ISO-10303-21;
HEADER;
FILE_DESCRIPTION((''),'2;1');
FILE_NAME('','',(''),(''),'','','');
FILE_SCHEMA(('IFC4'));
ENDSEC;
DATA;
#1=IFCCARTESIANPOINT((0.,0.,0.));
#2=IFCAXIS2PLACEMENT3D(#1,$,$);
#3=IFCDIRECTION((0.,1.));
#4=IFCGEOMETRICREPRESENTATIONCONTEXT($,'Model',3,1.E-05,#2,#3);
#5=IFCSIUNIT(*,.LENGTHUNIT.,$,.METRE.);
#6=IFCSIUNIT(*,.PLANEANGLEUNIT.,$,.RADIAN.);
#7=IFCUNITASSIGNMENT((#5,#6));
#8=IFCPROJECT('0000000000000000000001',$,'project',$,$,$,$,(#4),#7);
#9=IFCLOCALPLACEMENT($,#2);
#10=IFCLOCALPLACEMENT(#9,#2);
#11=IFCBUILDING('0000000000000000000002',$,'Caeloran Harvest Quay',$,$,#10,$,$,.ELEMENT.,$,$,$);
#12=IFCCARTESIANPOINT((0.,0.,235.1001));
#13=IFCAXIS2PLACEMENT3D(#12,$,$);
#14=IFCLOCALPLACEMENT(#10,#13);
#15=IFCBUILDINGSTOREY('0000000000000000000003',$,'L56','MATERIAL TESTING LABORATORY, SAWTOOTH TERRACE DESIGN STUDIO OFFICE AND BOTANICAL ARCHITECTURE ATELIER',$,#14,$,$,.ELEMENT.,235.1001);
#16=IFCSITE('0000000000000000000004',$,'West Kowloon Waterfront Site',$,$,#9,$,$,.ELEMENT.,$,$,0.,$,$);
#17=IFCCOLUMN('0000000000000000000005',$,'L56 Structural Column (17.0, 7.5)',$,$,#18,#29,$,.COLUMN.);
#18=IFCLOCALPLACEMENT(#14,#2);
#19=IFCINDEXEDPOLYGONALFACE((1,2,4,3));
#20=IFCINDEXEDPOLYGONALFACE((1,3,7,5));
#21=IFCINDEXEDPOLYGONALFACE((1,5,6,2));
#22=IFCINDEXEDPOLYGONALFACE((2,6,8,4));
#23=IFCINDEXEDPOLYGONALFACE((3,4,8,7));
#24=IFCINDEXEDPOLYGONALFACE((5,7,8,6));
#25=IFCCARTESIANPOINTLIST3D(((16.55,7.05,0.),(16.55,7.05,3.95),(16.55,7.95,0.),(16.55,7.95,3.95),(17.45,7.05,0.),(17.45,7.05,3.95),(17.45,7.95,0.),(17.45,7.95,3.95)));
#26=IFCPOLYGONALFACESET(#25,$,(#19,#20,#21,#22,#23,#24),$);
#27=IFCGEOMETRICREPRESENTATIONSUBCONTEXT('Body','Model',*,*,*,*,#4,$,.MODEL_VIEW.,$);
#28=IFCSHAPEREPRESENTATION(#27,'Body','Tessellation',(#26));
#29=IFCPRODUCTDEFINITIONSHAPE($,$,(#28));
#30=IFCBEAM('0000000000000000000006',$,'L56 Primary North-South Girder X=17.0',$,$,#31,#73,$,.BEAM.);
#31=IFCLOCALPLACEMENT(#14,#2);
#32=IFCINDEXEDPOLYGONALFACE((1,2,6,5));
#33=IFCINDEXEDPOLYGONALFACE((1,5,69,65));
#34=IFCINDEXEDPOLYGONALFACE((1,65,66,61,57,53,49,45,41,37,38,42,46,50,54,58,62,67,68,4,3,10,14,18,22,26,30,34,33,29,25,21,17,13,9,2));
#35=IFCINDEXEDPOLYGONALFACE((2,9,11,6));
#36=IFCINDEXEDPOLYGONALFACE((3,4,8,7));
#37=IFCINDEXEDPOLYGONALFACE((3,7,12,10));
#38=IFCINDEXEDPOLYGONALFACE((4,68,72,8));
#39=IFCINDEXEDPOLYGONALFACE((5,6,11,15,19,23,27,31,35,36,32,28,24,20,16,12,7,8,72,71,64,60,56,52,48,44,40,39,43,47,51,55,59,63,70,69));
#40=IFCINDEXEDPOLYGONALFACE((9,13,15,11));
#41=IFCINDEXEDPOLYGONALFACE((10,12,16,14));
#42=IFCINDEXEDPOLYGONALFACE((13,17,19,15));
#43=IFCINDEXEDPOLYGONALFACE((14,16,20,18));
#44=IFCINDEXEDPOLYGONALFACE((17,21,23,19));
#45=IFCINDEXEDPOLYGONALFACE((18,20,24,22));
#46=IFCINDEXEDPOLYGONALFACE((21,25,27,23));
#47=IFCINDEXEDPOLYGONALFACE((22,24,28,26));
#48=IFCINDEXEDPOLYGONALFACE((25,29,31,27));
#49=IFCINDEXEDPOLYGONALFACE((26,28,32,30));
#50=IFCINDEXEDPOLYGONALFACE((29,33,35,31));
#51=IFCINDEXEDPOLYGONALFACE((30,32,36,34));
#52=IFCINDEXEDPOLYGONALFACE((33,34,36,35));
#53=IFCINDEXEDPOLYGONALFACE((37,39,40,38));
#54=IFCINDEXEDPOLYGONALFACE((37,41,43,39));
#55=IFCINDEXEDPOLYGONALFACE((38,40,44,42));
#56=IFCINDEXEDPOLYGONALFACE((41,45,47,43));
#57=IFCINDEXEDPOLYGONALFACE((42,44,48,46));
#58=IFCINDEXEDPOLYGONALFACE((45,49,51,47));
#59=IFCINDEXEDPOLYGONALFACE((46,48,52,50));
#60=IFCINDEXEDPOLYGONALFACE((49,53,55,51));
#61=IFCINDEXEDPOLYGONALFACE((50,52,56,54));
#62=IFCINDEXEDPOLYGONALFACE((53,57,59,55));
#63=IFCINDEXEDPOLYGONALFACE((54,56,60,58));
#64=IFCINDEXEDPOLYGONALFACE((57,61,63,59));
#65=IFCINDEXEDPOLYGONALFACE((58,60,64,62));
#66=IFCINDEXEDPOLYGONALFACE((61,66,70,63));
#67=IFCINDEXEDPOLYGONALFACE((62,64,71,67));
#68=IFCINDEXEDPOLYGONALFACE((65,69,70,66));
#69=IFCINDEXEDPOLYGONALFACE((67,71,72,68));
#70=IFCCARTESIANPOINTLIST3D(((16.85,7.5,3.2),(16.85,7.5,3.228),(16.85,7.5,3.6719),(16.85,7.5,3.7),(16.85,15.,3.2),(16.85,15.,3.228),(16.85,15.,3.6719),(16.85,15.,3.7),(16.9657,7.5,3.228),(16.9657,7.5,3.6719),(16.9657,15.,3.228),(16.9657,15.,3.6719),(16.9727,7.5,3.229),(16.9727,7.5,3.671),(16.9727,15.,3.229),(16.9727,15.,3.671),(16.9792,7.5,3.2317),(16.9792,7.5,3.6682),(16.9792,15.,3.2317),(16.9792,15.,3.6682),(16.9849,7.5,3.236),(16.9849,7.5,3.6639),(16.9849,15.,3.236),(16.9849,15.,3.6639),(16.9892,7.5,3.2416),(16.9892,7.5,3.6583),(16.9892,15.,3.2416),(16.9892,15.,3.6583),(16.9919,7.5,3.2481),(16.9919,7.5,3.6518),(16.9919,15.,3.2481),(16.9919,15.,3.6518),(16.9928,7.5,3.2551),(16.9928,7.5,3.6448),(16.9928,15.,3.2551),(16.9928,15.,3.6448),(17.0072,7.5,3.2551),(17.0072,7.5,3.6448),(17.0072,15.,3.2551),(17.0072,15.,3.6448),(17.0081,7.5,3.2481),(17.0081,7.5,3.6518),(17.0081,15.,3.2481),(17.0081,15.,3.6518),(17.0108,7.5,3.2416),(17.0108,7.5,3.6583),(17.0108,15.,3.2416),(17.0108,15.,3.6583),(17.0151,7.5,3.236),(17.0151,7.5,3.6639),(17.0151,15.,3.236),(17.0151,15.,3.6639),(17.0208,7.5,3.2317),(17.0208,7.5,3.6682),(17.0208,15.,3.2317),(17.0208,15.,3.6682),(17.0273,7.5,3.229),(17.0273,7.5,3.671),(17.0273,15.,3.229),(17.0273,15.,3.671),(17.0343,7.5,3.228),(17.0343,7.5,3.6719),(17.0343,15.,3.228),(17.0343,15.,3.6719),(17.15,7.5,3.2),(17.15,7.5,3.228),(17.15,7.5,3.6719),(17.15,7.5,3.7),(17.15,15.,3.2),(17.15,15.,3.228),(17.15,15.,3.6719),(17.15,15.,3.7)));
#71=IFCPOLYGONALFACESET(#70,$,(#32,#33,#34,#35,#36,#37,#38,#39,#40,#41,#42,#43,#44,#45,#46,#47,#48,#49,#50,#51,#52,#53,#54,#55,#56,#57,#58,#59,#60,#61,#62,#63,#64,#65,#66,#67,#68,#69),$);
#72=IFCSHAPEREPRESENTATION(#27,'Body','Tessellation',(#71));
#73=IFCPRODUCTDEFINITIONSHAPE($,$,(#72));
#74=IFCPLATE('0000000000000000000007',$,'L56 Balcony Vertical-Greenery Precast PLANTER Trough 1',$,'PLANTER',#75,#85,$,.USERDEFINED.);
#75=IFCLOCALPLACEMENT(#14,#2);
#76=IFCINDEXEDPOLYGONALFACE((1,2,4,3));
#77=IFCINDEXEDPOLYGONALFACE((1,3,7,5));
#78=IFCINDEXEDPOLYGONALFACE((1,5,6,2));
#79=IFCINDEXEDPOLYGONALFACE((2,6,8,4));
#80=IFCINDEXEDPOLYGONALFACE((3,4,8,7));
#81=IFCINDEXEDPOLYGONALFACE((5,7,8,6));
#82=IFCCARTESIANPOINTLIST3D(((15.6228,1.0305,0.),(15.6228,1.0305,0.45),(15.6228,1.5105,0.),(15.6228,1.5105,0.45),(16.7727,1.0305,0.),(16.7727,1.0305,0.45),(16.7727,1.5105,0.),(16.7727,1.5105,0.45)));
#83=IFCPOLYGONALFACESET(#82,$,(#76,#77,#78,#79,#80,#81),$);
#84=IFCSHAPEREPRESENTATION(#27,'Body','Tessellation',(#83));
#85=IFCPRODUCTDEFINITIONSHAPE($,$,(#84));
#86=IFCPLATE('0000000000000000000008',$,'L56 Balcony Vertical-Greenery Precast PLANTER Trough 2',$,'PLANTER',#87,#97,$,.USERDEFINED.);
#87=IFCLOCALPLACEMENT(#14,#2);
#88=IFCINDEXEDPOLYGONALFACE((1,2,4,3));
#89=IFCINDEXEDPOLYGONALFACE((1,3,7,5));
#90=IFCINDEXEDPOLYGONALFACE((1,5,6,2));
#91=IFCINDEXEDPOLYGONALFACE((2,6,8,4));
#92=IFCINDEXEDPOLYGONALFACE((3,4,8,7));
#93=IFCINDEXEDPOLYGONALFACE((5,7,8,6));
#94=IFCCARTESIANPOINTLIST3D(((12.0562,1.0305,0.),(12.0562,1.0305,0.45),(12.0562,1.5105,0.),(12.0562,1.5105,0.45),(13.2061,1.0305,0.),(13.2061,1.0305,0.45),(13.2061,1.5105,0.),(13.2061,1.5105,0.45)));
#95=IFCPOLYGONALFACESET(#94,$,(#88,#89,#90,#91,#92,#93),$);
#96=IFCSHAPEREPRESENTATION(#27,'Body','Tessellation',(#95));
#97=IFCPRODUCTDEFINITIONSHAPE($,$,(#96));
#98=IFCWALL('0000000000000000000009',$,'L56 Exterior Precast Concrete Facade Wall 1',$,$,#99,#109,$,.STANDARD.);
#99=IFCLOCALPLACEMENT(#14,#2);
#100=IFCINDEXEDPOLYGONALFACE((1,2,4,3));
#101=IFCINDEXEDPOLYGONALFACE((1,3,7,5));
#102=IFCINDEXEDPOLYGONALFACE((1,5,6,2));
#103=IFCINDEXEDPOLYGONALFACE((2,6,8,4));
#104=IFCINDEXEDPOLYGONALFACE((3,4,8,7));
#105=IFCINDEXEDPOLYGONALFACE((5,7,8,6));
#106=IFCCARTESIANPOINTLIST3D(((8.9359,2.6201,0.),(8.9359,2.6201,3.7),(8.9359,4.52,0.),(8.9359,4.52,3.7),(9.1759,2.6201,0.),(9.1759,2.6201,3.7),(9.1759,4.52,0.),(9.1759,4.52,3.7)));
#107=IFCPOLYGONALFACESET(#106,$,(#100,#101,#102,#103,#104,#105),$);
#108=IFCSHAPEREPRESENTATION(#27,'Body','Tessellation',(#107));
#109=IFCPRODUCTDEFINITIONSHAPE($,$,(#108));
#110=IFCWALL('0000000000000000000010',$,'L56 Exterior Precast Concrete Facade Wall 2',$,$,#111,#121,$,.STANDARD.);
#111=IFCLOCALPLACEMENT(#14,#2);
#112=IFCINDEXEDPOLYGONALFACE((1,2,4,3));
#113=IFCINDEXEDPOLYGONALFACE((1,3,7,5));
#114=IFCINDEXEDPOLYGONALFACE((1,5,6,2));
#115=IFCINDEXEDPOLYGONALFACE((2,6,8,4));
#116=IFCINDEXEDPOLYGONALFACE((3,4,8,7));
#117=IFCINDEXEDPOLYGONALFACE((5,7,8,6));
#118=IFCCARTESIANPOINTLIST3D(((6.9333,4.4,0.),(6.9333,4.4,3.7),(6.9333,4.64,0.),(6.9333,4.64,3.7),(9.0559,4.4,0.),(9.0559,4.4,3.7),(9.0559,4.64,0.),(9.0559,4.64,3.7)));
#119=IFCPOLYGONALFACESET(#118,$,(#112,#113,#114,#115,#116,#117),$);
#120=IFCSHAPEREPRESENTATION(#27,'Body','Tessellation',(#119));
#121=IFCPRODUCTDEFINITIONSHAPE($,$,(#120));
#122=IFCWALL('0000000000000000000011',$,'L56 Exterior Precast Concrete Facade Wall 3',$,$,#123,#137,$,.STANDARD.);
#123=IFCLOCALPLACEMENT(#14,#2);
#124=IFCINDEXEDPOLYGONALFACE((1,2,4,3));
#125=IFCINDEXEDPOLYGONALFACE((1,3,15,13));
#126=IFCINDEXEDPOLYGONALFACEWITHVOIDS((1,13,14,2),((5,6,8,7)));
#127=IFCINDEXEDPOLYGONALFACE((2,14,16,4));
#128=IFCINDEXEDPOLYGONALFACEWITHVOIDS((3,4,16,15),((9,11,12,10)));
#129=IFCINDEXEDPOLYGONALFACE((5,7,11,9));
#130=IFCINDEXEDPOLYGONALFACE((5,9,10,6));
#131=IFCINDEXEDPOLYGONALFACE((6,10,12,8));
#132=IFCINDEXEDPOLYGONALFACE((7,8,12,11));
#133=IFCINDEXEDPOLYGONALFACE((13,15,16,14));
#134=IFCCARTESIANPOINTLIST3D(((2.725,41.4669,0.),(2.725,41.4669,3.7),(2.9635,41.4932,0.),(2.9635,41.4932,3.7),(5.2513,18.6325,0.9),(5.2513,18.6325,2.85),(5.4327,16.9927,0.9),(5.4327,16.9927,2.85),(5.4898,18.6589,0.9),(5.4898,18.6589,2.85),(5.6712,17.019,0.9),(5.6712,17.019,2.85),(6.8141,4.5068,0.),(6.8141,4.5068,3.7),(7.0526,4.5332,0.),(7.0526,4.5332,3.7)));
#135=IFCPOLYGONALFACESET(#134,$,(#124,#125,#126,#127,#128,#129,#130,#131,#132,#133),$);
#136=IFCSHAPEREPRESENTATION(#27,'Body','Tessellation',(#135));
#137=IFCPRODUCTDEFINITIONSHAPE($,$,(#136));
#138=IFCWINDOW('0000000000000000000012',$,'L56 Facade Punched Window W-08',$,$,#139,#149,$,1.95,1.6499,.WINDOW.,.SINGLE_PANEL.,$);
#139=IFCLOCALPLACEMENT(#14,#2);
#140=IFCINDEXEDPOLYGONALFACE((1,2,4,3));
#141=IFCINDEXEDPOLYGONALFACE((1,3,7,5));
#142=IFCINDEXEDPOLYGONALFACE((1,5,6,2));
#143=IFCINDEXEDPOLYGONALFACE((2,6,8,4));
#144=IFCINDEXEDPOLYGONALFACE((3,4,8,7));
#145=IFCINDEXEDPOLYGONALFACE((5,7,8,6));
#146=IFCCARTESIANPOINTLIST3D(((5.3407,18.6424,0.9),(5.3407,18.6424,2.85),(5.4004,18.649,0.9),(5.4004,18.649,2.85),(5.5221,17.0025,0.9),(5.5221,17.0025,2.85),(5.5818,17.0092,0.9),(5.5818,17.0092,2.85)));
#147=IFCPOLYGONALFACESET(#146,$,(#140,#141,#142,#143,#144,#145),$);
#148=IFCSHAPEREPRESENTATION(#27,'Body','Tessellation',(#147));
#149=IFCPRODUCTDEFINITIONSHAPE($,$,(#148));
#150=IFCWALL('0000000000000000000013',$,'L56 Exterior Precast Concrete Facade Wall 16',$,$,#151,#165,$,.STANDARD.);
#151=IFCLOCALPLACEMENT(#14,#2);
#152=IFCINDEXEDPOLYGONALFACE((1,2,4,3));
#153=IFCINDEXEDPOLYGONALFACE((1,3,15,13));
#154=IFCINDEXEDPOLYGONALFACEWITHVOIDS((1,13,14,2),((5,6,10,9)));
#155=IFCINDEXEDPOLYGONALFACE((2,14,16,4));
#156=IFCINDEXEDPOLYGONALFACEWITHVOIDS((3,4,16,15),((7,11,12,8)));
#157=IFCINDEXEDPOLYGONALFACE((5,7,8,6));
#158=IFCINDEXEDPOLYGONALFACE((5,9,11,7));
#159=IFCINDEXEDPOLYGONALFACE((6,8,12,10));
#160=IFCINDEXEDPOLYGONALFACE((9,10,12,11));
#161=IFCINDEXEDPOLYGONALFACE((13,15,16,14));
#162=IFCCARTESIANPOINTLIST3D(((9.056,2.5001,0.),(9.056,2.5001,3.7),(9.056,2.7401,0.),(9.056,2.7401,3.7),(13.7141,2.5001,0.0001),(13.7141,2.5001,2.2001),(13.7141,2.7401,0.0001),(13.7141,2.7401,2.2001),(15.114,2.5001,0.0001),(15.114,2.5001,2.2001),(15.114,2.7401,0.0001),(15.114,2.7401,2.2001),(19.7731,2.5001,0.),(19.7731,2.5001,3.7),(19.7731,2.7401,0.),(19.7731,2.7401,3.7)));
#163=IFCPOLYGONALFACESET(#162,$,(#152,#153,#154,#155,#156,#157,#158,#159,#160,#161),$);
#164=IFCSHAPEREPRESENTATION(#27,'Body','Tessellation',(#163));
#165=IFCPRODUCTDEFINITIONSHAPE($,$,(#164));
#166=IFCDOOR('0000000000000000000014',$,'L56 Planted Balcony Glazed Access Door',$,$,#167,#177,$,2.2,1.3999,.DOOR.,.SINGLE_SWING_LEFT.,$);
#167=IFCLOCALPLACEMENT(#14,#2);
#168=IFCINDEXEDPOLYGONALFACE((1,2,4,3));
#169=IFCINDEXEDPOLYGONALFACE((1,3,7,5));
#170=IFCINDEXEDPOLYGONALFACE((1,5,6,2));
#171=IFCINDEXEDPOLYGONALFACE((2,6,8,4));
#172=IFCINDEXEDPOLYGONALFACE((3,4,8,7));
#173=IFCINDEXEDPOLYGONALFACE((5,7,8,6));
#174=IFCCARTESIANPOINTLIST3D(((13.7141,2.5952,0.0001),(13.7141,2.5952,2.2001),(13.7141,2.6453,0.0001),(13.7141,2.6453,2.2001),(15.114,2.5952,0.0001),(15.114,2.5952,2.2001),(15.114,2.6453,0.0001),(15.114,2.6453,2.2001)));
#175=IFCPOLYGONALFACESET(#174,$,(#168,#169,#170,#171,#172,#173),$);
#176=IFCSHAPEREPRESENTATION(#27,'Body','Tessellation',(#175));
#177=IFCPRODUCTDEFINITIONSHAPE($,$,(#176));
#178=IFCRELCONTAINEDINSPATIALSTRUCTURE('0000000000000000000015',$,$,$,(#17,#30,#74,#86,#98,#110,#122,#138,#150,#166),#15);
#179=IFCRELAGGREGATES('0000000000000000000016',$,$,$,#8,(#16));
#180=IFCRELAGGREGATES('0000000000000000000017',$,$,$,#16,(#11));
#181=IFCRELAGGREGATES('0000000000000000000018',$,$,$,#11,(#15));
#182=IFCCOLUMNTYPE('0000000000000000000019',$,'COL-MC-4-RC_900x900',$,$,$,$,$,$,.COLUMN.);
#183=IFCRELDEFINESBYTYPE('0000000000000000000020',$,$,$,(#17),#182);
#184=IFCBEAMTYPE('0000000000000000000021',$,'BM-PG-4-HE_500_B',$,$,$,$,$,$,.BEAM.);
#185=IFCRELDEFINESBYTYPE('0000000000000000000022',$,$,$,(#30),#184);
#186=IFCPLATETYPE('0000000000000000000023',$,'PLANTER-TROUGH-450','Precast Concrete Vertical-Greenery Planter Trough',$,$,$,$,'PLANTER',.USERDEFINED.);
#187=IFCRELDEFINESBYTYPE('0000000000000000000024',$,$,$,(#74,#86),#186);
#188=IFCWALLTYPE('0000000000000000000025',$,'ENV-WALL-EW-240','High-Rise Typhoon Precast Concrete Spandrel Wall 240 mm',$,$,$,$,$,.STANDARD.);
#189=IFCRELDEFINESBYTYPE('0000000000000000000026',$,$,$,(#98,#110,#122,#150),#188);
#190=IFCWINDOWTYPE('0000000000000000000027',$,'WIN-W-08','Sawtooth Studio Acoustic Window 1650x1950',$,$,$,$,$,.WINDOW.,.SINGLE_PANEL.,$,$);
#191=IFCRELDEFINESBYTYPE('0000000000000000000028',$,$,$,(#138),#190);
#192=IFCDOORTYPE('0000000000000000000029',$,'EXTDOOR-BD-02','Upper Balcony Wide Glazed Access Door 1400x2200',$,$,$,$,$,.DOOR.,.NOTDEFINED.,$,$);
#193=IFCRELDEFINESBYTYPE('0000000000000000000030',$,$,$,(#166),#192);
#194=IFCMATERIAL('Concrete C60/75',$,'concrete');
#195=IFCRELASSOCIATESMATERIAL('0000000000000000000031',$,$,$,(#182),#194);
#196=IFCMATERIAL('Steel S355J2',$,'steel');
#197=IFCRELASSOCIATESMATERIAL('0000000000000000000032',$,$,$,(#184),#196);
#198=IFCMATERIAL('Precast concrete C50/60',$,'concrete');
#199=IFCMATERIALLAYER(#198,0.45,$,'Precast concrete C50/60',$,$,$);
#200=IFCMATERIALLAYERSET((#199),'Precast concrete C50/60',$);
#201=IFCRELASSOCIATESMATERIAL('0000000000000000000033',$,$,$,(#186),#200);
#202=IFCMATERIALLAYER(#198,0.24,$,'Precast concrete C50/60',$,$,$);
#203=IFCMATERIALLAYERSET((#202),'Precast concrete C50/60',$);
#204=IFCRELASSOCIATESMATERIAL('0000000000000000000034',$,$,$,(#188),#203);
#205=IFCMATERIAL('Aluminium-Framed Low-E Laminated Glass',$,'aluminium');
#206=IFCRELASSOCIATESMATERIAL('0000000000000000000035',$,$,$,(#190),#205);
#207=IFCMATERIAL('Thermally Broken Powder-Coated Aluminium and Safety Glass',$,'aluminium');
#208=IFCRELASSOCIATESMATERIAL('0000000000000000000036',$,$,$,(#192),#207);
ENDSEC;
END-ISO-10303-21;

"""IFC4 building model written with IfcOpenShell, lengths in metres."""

from ifc_helpers import new_model, si_unit, direction, frame, frame_2d, origin, origin_2d, place, context, subcontext, project, spatial, rectangle, i_section, extrude, material, layer, layer_set, material_profile, profile_set, type_object, element, fill, save


model = new_model("IFC4")

# Units and contexts
model_context = context("Model", 3, precision=1e-05, world=origin(), true_north=direction((0.0, 1.0)))
body_context = subcontext(model_context, "Body", "Model", "MODEL_VIEW")
ifc_project = project(units=[si_unit("LENGTHUNIT", "METRE"), si_unit("PLANEANGLEUNIT", "RADIAN")], contexts=[model_context])

# Site, building, storey
site_placement = place(None, origin())
site = spatial("IfcSite", under=ifc_project, at=site_placement, Name="West Kowloon Waterfront Site", CompositionType="ELEMENT", RefElevation=0.0)
building_placement = place(site_placement, origin())
building = spatial("IfcBuilding", under=site, at=building_placement, Name="Caeloran Harvest Quay", CompositionType="ELEMENT")
storey_placement = place(building_placement, frame((0.0, 0.0, 235.1001)))
storey = spatial("IfcBuildingStorey", under=building, at=storey_placement, Name="L56", Description="MATERIAL TESTING LABORATORY, SAWTOOTH TERRACE DESIGN STUDIO OFFICE AND BOTANICAL ARCHITECTURE ATELIER", CompositionType="ELEMENT", Elevation=235.1001)

# Column
ifc_material_1 = material(Name="Concrete C60/75", Category="concrete")
ifc_material_profile_1 = material_profile(ifc_material_1, rectangle(XDim=0.8999, YDim=0.8999, at=origin_2d()), Name="RC 900x900")
ifc_profile_set_1 = profile_set([ifc_material_profile_1], Name="Concrete C60/75")
column_type = type_object("IfcColumnType", Name="COL-MC-4-RC_900x900", PredefinedType="COLUMN", material=ifc_profile_set_1)
column_placement = place(storey_placement, frame((17.0, 7.5, 0.0), z_axis=(0.0, 0.0, 1.0), x_axis=(1.0, 0.0, 0.0)))
element("IfcColumn", 1, at=column_placement, inside=storey, type_object=column_type, Name="L56 Structural Column (17.0, 7.5)", PredefinedType="COLUMN", context=body_context, shape_type="SweptSolid", body=[
    extrude(rectangle(XDim=0.8999, YDim=0.8999, at=origin_2d()), origin(), (0.0, 0.0, 1.0), 3.95),
])

# Beam
ifc_material_2 = material(Name="Steel S355J2", Category="steel")
ifc_material_profile_2 = material_profile(ifc_material_2, i_section(OverallWidth=0.3, OverallDepth=0.5, WebThickness=0.0144, FlangeThickness=0.0281, FilletRadius=0.0271, at=origin_2d()), Name="HE 500 B")
ifc_profile_set_2 = profile_set([ifc_material_profile_2], Name="Steel S355J2")
beam_type = type_object("IfcBeamType", Name="BM-PG-4-HE_500_B", PredefinedType="BEAM", material=ifc_profile_set_2)
beam_placement = place(storey_placement, frame((17.0, 7.5, 3.45), z_axis=(0.0, 1.0, 0.0), x_axis=(-1.0, 0.0, 0.0)))
element("IfcBeam", 2, at=beam_placement, inside=storey, type_object=beam_type, Name="L56 Primary North-South Girder X=17.0", PredefinedType="BEAM", context=body_context, shape_type="SweptSolid", body=[
    extrude(i_section(OverallWidth=0.3, OverallDepth=0.5, WebThickness=0.0144, FlangeThickness=0.0281, FilletRadius=0.0271, at=origin_2d()), origin(), (0.0, 0.0, 1.0), 7.5),
])

# Plates
ifc_material_3 = material(Name="Precast concrete C50/60", Category="concrete")
ifc_layer_1 = layer(ifc_material_3, 0.45, Name="Precast concrete C50/60")
ifc_layer_set_1 = layer_set([ifc_layer_1], Name="Precast concrete C50/60")
plate_type = type_object("IfcPlateType", Name="PLANTER-TROUGH-450", Description="Precast Concrete Vertical-Greenery Planter Trough", ElementType="PLANTER", PredefinedType="USERDEFINED", material=ifc_layer_set_1)
for number, where, z_axis, x_axis, name in (
    (3, (16.1978, 1.2705, 0.0), (0.0, 0.0, 1.0), (1.0, 0.0, 0.0), "L56 Balcony Vertical-Greenery Precast PLANTER Trough 1"),
    (4, (12.6311, 1.2705, 0.0), (0.0, 0.0, 1.0), (1.0, 0.0, 0.0), "L56 Balcony Vertical-Greenery Precast PLANTER Trough 2"),
):
    element("IfcPlate", number, at=place(storey_placement, frame(where, z_axis=z_axis, x_axis=x_axis)), inside=storey, type_object=plate_type, Name=name, ObjectType="PLANTER", PredefinedType="USERDEFINED", context=body_context, shape_type="SweptSolid", body=[
        extrude(rectangle(XDim=1.1499, YDim=0.48, at=origin_2d()), origin(), (0.0, 0.0, 1.0), 0.45),
    ])

# Walls
ifc_layer_2 = layer(ifc_material_3, 0.24, Name="Precast concrete C50/60")
ifc_layer_set_2 = layer_set([ifc_layer_2], Name="Precast concrete C50/60")
wall_type_1 = type_object("IfcWallType", Name="ENV-WALL-EW-240", Description="High-Rise Typhoon Precast Concrete Spandrel Wall 240 mm", PredefinedType="STANDARD", material=ifc_layer_set_2)
wall_1_placement = place(storey_placement, frame((9.0559, 2.6201, 0.0), z_axis=(0.0, 0.0, 1.0), x_axis=(0.0, 1.0, 0.0)))
element("IfcWall", 5, at=wall_1_placement, inside=storey, type_object=wall_type_1, Name="L56 Exterior Precast Concrete Facade Wall 1", PredefinedType="STANDARD", context=body_context, shape_type="SweptSolid", body=[
    extrude(rectangle(XDim=1.8999, YDim=0.24, at=frame_2d((0.95, 0.0))), origin(), (0.0, 0.0, 1.0), 3.7),
])
wall_2_placement = place(storey_placement, frame((9.0559, 4.52, 0.0), z_axis=(0.0, 0.0, 1.0), x_axis=(-1.0, 0.0, 0.0)))
element("IfcWall", 6, at=wall_2_placement, inside=storey, type_object=wall_type_1, Name="L56 Exterior Precast Concrete Facade Wall 2", PredefinedType="STANDARD", context=body_context, shape_type="SweptSolid", body=[
    extrude(rectangle(XDim=2.1226, YDim=0.24, at=frame_2d((1.0613, 0.0))), origin(), (0.0, 0.0, 1.0), 3.7),
])

# Wall, opening, window
wall_3_placement = place(storey_placement, frame((6.9333, 4.52, 0.0), z_axis=(0.0, 0.0, 1.0), x_axis=(-0.109965, 0.993935, 0.0)))
wall_3 = element("IfcWall", 7, at=wall_3_placement, inside=storey, type_object=wall_type_1, Name="L56 Exterior Precast Concrete Facade Wall 3", PredefinedType="STANDARD", context=body_context, shape_type="SweptSolid", body=[
    extrude(rectangle(XDim=37.1855, YDim=0.24, at=frame_2d((18.5928, 0.0))), origin(), (0.0, 0.0, 1.0), 3.7),
])
opening_1_placement = place(wall_3_placement, frame((12.562, 0.0, 0.8999)))
opening_1 = element("IfcOpeningElement", 8, at=opening_1_placement, cuts=wall_3, PredefinedType="OPENING", context=body_context, shape_type="SweptSolid", body=[
    extrude(rectangle(XDim=1.6499, YDim=1.95, at=frame_2d((0.825, 0.9751))), frame((0.0, 0.1299, 0.0), z_axis=(0.0, -1.0, 0.0), x_axis=(1.0, 0.0, 0.0)), (0.0, 0.0, 1.0), 0.26),
])
ifc_material_4 = material(Name="Aluminium-Framed Low-E Laminated Glass", Category="aluminium")
window_type = type_object("IfcWindowType", Name="WIN-W-08", Description="Sawtooth Studio Acoustic Window 1650x1950", PartitioningType="SINGLE_PANEL", PredefinedType="WINDOW", material=ifc_material_4)
window_placement = place(opening_1_placement, origin())
window = element("IfcWindow", 9, at=window_placement, inside=storey, type_object=window_type, Name="L56 Facade Punched Window W-08", OverallHeight=1.95, OverallWidth=1.6499, PartitioningType="SINGLE_PANEL", PredefinedType="WINDOW", context=body_context, shape_type="SweptSolid", body=[
    extrude(rectangle(XDim=1.6499, YDim=1.95, at=frame_2d((0.825, 0.9751))), frame((0.0, 0.03, 0.0), z_axis=(0.0, -1.0, 0.0), x_axis=(1.0, 0.0, 0.0)), (0.0, 0.0, 1.0), 0.0601),
])
fill(opening_1, window)

# Wall, opening, door
wall_4_placement = place(storey_placement, frame((19.7729, 2.6201, 0.0), z_axis=(0.0, 0.0, 1.0), x_axis=(-1.0, 0.0, 0.0)))
wall_4 = element("IfcWall", 10, at=wall_4_placement, inside=storey, type_object=wall_type_1, Name="L56 Exterior Precast Concrete Facade Wall 16", PredefinedType="STANDARD", context=body_context, shape_type="SweptSolid", body=[
    extrude(rectangle(XDim=10.717, YDim=0.24, at=frame_2d((5.3584, 0.0))), origin(), (0.0, 0.0, 1.0), 3.7),
])
opening_2_placement = place(wall_4_placement, frame((4.6589, 0.0, 0.0)))
opening_2 = element("IfcOpeningElement", 11, at=opening_2_placement, cuts=wall_4, PredefinedType="OPENING", context=body_context, shape_type="SweptSolid", body=[
    extrude(rectangle(XDim=1.3999, YDim=2.2, at=frame_2d((0.7, 1.1001))), frame((0.0, 0.1299, 0.0), z_axis=(0.0, -1.0, 0.0), x_axis=(1.0, 0.0, 0.0)), (0.0, 0.0, 1.0), 0.26),
])
ifc_material_5 = material(Name="Thermally Broken Powder-Coated Aluminium and Safety Glass", Category="aluminium")
door_type_1 = type_object("IfcDoorType", Name="EXTDOOR-BD-02", Description="Upper Balcony Wide Glazed Access Door 1400x2200", OperationType="NOTDEFINED", PredefinedType="DOOR", material=ifc_material_5)
door_1_placement = place(opening_2_placement, origin())
door_1 = element("IfcDoor", 12, at=door_1_placement, inside=storey, type_object=door_type_1, Name="L56 Planted Balcony Glazed Access Door", OperationType="SINGLE_SWING_LEFT", OverallHeight=2.2, OverallWidth=1.3999, PredefinedType="DOOR", context=body_context, shape_type="SweptSolid", body=[
    extrude(rectangle(XDim=1.3999, YDim=2.2, at=frame_2d((0.7, 1.1001))), frame((0.0, 0.0249, 0.0), z_axis=(0.0, -1.0, 0.0), x_axis=(1.0, 0.0, 0.0)), (0.0, 0.0, 1.0), 0.05),
])
fill(opening_2, door_1)

save(model, "model.ifc")
